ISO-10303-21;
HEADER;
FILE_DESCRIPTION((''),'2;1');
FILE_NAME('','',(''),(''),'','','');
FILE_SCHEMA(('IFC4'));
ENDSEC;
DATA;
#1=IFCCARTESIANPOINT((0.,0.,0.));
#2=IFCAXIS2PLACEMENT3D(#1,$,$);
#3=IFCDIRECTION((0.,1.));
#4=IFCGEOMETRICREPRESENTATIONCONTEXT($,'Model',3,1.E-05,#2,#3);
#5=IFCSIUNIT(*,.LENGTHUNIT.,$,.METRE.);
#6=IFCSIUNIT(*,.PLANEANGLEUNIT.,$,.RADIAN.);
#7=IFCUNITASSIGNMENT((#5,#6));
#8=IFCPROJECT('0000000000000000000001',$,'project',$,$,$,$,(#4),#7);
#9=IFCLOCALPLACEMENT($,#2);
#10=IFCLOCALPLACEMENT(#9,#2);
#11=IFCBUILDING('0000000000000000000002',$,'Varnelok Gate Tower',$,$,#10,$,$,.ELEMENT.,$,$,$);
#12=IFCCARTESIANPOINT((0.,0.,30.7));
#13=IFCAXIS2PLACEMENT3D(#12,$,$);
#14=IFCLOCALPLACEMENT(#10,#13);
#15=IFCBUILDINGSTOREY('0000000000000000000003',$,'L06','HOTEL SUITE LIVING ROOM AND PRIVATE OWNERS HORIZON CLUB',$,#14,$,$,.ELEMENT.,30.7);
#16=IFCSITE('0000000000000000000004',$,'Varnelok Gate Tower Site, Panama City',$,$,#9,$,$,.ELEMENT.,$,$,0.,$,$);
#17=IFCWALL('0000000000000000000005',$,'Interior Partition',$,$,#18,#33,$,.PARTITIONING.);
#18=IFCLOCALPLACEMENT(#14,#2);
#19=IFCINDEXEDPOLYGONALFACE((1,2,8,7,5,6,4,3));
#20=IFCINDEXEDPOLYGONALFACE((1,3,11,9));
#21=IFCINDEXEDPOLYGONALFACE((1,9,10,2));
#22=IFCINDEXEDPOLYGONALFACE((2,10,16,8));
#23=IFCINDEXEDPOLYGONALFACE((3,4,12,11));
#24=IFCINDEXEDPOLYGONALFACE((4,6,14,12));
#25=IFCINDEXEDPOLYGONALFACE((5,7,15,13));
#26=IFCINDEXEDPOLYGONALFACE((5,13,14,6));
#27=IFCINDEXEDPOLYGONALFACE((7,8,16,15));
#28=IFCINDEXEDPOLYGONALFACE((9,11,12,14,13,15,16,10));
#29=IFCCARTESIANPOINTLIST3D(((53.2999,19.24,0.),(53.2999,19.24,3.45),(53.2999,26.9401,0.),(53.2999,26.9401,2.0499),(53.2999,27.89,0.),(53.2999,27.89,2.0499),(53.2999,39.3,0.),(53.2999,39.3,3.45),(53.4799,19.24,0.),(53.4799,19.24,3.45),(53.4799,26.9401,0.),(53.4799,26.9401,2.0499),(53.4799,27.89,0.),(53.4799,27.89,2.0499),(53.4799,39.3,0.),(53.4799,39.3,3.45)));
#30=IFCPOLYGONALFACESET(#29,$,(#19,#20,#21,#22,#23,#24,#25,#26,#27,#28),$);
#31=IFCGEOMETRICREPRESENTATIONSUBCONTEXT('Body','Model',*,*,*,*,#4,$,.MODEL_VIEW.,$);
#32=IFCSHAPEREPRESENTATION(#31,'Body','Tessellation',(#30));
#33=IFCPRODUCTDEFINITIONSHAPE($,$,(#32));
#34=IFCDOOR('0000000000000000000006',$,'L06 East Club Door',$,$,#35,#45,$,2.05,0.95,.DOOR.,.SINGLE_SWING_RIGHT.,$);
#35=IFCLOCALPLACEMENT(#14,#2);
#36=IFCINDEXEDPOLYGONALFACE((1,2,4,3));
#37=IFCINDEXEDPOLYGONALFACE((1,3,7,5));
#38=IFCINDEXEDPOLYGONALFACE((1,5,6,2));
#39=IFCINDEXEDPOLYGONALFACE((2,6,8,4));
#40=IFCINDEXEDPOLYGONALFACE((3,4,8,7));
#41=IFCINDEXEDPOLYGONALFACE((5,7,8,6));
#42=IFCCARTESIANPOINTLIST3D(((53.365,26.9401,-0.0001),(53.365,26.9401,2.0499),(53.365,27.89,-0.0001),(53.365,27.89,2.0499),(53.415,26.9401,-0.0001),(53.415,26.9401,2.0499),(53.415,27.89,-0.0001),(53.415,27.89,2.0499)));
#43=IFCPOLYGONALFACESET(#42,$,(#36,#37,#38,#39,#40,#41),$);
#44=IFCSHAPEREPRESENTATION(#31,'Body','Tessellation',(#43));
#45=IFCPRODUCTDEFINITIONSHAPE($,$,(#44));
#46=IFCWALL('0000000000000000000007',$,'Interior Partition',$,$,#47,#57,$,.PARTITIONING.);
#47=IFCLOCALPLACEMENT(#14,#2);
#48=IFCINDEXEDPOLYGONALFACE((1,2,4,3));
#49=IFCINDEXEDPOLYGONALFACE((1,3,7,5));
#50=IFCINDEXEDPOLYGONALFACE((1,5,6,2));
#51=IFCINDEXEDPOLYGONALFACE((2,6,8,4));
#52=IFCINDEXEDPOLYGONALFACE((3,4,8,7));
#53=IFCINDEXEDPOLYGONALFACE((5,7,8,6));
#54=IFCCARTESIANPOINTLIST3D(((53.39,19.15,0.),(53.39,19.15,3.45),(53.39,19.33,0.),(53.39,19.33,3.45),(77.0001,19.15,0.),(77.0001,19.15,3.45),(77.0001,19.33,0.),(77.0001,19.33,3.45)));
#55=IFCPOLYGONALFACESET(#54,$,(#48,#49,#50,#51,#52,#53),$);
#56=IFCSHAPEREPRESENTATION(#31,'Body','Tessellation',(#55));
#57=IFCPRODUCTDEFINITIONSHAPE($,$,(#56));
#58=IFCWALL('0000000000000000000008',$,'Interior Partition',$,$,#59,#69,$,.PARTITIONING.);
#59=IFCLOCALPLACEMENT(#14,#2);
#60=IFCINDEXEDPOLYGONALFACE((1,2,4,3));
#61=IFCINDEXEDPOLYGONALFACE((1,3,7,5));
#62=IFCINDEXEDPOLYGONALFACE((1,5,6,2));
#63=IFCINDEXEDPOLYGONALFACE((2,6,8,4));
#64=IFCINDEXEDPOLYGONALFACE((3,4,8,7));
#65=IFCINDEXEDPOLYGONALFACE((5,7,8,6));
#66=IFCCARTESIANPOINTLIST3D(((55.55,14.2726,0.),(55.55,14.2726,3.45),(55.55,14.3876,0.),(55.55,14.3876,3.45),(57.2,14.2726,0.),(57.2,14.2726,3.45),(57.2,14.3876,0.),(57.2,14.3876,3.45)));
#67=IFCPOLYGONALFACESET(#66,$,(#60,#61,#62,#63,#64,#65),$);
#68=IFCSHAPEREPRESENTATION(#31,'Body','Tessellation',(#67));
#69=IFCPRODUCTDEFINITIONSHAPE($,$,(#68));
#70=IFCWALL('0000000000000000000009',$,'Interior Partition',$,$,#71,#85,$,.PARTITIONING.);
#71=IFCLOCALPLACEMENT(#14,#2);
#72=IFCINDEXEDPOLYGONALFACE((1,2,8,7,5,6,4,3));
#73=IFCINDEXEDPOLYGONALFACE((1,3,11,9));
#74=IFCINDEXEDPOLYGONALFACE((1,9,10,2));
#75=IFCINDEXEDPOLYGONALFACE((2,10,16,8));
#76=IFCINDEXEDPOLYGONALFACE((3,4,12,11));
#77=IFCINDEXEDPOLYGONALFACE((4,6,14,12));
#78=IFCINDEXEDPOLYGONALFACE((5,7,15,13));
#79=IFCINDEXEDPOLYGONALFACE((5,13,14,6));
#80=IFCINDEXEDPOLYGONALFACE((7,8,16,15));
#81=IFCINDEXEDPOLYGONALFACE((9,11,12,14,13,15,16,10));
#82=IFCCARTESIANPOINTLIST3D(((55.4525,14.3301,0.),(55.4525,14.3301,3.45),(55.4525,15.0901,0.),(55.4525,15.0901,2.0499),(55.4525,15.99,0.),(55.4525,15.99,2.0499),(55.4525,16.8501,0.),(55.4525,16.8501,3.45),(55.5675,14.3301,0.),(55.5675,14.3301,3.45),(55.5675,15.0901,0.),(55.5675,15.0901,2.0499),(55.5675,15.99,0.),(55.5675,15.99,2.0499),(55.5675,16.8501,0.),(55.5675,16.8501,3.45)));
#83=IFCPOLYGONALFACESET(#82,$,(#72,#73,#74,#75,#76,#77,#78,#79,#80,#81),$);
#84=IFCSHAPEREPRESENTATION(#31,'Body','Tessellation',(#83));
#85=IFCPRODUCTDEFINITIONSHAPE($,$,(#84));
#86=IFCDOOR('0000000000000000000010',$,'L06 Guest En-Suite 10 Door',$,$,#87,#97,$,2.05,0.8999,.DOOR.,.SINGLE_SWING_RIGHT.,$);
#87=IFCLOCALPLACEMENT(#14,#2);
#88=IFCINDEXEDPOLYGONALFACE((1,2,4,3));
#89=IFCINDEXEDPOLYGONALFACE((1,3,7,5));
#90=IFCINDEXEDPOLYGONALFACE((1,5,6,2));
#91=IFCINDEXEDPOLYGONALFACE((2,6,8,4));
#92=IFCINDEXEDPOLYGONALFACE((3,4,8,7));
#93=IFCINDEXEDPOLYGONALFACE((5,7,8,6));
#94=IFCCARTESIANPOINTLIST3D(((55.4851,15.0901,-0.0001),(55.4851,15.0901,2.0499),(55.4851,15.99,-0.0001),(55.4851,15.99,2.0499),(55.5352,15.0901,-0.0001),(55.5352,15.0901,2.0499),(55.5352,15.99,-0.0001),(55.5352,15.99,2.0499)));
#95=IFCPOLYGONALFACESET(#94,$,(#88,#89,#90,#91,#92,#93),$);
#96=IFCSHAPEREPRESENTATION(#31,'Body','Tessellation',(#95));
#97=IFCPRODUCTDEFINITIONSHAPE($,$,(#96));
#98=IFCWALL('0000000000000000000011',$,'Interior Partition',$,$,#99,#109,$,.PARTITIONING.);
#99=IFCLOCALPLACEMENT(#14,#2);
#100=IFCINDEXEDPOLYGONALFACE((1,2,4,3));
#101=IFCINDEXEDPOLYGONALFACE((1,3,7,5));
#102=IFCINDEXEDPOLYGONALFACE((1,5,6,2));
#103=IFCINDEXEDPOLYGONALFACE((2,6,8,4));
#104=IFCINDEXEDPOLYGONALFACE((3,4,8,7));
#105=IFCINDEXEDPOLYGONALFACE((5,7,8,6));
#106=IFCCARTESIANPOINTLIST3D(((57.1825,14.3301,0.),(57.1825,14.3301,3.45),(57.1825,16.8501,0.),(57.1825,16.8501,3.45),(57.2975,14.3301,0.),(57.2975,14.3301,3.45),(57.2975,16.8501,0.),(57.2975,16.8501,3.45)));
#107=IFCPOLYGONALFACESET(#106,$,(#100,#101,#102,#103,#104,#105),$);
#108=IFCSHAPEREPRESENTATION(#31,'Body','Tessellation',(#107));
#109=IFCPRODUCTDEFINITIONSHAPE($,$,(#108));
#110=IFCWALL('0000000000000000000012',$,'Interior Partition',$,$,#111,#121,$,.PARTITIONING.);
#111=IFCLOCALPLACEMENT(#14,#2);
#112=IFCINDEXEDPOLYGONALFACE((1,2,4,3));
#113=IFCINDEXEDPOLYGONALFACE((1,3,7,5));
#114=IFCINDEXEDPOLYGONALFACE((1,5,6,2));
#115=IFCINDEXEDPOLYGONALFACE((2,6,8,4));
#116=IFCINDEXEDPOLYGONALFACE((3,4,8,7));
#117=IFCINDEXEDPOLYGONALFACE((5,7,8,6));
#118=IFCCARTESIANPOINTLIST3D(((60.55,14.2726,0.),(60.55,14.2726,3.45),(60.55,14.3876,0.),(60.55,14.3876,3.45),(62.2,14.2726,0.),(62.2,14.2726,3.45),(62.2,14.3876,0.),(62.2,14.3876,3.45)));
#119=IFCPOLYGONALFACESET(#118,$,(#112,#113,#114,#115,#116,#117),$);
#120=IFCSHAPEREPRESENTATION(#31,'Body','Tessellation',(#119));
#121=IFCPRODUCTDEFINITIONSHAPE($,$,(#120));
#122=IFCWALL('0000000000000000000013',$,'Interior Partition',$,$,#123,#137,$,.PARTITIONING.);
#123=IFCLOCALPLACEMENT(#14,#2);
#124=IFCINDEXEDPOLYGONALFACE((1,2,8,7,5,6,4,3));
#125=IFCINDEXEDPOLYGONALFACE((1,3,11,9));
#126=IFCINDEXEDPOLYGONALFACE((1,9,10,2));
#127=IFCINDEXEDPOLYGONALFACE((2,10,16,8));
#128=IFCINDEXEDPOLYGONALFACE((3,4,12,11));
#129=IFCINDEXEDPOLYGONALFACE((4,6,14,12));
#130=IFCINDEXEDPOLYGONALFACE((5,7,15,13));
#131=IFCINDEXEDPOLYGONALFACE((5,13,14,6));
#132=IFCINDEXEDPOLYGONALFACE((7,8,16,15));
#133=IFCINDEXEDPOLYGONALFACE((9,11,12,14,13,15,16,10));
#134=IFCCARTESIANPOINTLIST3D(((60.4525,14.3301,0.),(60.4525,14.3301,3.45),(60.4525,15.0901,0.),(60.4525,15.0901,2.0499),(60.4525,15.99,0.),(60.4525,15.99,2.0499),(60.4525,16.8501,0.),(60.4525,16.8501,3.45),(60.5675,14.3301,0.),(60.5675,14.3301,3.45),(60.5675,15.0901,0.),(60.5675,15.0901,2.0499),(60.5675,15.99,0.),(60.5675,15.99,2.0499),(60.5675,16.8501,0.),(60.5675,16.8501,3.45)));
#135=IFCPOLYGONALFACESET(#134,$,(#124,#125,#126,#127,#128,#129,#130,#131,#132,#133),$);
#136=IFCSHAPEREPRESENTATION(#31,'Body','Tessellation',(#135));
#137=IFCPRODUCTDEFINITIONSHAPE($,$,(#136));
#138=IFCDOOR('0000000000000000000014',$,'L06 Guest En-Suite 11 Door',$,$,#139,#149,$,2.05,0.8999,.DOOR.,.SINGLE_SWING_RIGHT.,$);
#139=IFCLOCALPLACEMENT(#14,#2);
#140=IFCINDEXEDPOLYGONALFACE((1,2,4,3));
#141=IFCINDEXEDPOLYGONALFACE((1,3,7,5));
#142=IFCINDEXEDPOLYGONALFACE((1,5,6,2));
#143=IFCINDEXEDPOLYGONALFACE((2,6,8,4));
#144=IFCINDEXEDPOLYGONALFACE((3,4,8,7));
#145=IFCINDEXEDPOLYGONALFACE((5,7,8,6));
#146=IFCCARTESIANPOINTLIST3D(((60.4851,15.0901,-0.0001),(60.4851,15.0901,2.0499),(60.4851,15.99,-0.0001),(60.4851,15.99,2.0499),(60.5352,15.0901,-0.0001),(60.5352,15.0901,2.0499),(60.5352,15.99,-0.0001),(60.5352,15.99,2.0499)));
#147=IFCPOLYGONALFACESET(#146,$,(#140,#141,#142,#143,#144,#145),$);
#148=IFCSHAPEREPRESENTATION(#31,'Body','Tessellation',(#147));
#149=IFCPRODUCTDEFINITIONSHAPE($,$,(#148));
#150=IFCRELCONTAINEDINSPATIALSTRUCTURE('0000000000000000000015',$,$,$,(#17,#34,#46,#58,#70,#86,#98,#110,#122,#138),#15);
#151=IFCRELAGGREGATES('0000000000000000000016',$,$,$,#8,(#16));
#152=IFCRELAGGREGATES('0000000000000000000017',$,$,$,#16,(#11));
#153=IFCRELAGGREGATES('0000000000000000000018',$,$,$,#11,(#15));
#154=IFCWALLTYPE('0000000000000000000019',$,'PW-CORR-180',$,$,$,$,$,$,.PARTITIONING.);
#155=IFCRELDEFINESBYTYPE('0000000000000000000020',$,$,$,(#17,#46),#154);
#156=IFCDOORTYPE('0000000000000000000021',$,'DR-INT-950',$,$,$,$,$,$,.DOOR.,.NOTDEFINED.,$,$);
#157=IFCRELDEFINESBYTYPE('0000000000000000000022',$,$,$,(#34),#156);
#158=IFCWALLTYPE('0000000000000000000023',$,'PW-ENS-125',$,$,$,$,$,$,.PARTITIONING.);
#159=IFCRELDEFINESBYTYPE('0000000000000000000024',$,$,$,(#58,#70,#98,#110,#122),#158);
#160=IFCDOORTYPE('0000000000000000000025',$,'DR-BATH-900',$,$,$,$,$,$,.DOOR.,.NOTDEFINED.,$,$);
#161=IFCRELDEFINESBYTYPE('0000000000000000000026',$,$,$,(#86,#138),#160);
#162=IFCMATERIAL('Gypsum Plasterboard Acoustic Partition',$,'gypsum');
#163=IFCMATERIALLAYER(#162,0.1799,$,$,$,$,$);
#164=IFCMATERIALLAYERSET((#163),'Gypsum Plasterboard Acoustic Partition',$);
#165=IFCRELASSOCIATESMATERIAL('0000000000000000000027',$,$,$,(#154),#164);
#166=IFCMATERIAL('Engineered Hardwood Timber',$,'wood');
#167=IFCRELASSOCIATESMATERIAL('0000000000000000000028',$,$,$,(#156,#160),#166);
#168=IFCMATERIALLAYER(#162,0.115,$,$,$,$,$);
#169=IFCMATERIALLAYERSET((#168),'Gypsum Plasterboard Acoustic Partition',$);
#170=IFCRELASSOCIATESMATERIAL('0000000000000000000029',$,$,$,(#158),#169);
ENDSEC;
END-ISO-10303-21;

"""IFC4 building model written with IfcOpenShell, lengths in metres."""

from ifc_helpers import new_model, si_unit, direction, frame, frame_2d, origin, place, context, subcontext, project, spatial, rectangle, extrude, material, layer, layer_set, type_object, element, fill, save


model = new_model("IFC4")

# Units and contexts
model_context = context("Model", 3, precision=1e-05, world=origin(), true_north=direction((0.0, 1.0)))
body_context = subcontext(model_context, "Body", "Model", "MODEL_VIEW")
ifc_project = project(units=[si_unit("LENGTHUNIT", "METRE"), si_unit("PLANEANGLEUNIT", "RADIAN")], contexts=[model_context])

# Site, building, storey
site_placement = place(None, origin())
site = spatial("IfcSite", under=ifc_project, at=site_placement, Name="Varnelok Gate Tower Site, Panama City", CompositionType="ELEMENT", RefElevation=0.0)
building_placement = place(site_placement, origin())
building = spatial("IfcBuilding", under=site, at=building_placement, Name="Varnelok Gate Tower", CompositionType="ELEMENT")
storey_placement = place(building_placement, frame((0.0, 0.0, 30.7)))
storey = spatial("IfcBuildingStorey", under=building, at=storey_placement, Name="L06", Description="HOTEL SUITE LIVING ROOM AND PRIVATE OWNERS HORIZON CLUB", CompositionType="ELEMENT", Elevation=30.7)

# Wall, opening, door
ifc_material_1 = material(Name="Gypsum Plasterboard Acoustic Partition", Category="gypsum")
ifc_layer_1 = layer(ifc_material_1, 0.1799)
ifc_layer_set_1 = layer_set([ifc_layer_1], Name="Gypsum Plasterboard Acoustic Partition")
wall_type_1 = type_object("IfcWallType", Name="PW-CORR-180", PredefinedType="PARTITIONING", material=ifc_layer_set_1)
ifc_material_2 = material(Name="Engineered Hardwood Timber", Category="wood")
wall_1_placement = place(storey_placement, frame((53.3899, 19.24, 0.0), z_axis=(0.0, 0.0, 1.0), x_axis=(0.0, 1.0, 0.0)))
wall_1 = element("IfcWall", 1, at=wall_1_placement, inside=storey, type_object=wall_type_1, Name="Interior Partition", PredefinedType="PARTITIONING", context=body_context, shape_type="SweptSolid", body=[
    extrude(rectangle(XDim=20.0601, YDim=0.1799, at=frame_2d((10.03, 0.0))), origin(), (0.0, 0.0, 1.0), 3.45),
])
opening_1_placement = place(wall_1_placement, frame((7.7, 0.0, 0.0)))
opening_1 = element("IfcOpeningElement", 2, at=opening_1_placement, cuts=wall_1, PredefinedType="OPENING", context=body_context, shape_type="SweptSolid", body=[
    extrude(rectangle(XDim=0.95, YDim=2.05, at=frame_2d((0.4751, 1.0249))), frame((0.0, 0.0999, 0.0), z_axis=(0.0, -1.0, 0.0), x_axis=(1.0, 0.0, 0.0)), (0.0, 0.0, 1.0), 0.2),
])
door_type_1 = type_object("IfcDoorType", Name="DR-INT-950", OperationType="NOTDEFINED", PredefinedType="DOOR", material=ifc_material_2)
door_1_placement = place(opening_1_placement, origin())
door_1 = element("IfcDoor", 3, at=door_1_placement, inside=storey, type_object=door_type_1, Name="L06 East Club Door", OperationType="SINGLE_SWING_RIGHT", OverallHeight=2.05, OverallWidth=0.95, PredefinedType="DOOR", context=body_context, shape_type="SweptSolid", body=[
    extrude(rectangle(XDim=0.95, YDim=2.05, at=frame_2d((0.4751, 1.0249))), frame((0.0, 0.0249, 0.0), z_axis=(0.0, -1.0, 0.0), x_axis=(1.0, 0.0, 0.0)), (0.0, 0.0, 1.0), 0.05),
])
fill(opening_1, door_1)

# Walls
wall_2_placement = place(storey_placement, frame((53.3899, 19.24, 0.0), z_axis=(0.0, 0.0, 1.0), x_axis=(1.0, 0.0, 0.0)))
element("IfcWall", 4, at=wall_2_placement, inside=storey, type_object=wall_type_1, Name="Interior Partition", PredefinedType="PARTITIONING", context=body_context, shape_type="SweptSolid", body=[
    extrude(rectangle(XDim=23.6101, YDim=0.1799, at=frame_2d((11.8052, 0.0))), origin(), (0.0, 0.0, 1.0), 3.45),
])
ifc_layer_2 = layer(ifc_material_1, 0.115)
ifc_layer_set_2 = layer_set([ifc_layer_2], Name="Gypsum Plasterboard Acoustic Partition")
wall_type_2 = type_object("IfcWallType", Name="PW-ENS-125", PredefinedType="PARTITIONING", material=ifc_layer_set_2)
wall_3_placement = place(storey_placement, frame((55.55, 14.3301, 0.0), z_axis=(0.0, 0.0, 1.0), x_axis=(1.0, 0.0, 0.0)))
element("IfcWall", 5, at=wall_3_placement, inside=storey, type_object=wall_type_2, Name="Interior Partition", PredefinedType="PARTITIONING", context=body_context, shape_type="SweptSolid", body=[
    extrude(rectangle(XDim=1.6499, YDim=0.115, at=frame_2d((0.825, 0.0))), origin(), (0.0, 0.0, 1.0), 3.45),
])

# Wall, opening, door
wall_4_placement = place(storey_placement, frame((55.51, 14.3301, 0.0), z_axis=(0.0, 0.0, 1.0), x_axis=(0.0, 1.0, 0.0)))
wall_4 = element("IfcWall", 6, at=wall_4_placement, inside=storey, type_object=wall_type_2, Name="Interior Partition", PredefinedType="PARTITIONING", context=body_context, shape_type="SweptSolid", body=[
    extrude(rectangle(XDim=2.52, YDim=0.115, at=frame_2d((1.26, 0.0))), origin(), (0.0, 0.0, 1.0), 3.45),
])
opening_2_placement = place(wall_4_placement, frame((0.76, 0.0, 0.0)))
opening_2 = element("IfcOpeningElement", 7, at=opening_2_placement, cuts=wall_4, PredefinedType="OPENING", context=body_context, shape_type="SweptSolid", body=[
    extrude(rectangle(XDim=0.8999, YDim=2.05, at=frame_2d((0.45, 1.0249))), frame((0.0, 0.0674, 0.0), z_axis=(0.0, -1.0, 0.0), x_axis=(1.0, 0.0, 0.0)), (0.0, 0.0, 1.0), 0.135),
])
door_type_2 = type_object("IfcDoorType", Name="DR-BATH-900", OperationType="NOTDEFINED", PredefinedType="DOOR", material=ifc_material_2)
door_2_placement = place(opening_2_placement, origin())
door_2 = element("IfcDoor", 8, at=door_2_placement, inside=storey, type_object=door_type_2, Name="L06 Guest En-Suite 10 Door", OperationType="SINGLE_SWING_RIGHT", OverallHeight=2.05, OverallWidth=0.8999, PredefinedType="DOOR", context=body_context, shape_type="SweptSolid", body=[
    extrude(rectangle(XDim=0.8999, YDim=2.05, at=frame_2d((0.45, 1.0249))), frame((0.0, 0.0249, 0.0), z_axis=(0.0, -1.0, 0.0), x_axis=(1.0, 0.0, 0.0)), (0.0, 0.0, 1.0), 0.05),
])
fill(opening_2, door_2)

# Walls
wall_5_placement = place(storey_placement, frame((57.24, 14.3301, 0.0), z_axis=(0.0, 0.0, 1.0), x_axis=(0.0, 1.0, 0.0)))
element("IfcWall", 9, at=wall_5_placement, inside=storey, type_object=wall_type_2, Name="Interior Partition", PredefinedType="PARTITIONING", context=body_context, shape_type="SweptSolid", body=[
    extrude(rectangle(XDim=2.52, YDim=0.115, at=frame_2d((1.26, 0.0))), origin(), (0.0, 0.0, 1.0), 3.45),
])
wall_6_placement = place(storey_placement, frame((60.55, 14.3301, 0.0), z_axis=(0.0, 0.0, 1.0), x_axis=(1.0, 0.0, 0.0)))
element("IfcWall", 10, at=wall_6_placement, inside=storey, type_object=wall_type_2, Name="Interior Partition", PredefinedType="PARTITIONING", context=body_context, shape_type="SweptSolid", body=[
    extrude(rectangle(XDim=1.6499, YDim=0.115, at=frame_2d((0.825, 0.0))), origin(), (0.0, 0.0, 1.0), 3.45),
])

# Wall, opening, door
wall_7_placement = place(storey_placement, frame((60.51, 14.3301, 0.0), z_axis=(0.0, 0.0, 1.0), x_axis=(0.0, 1.0, 0.0)))
wall_7 = element("IfcWall", 11, at=wall_7_placement, inside=storey, type_object=wall_type_2, Name="Interior Partition", PredefinedType="PARTITIONING", context=body_context, shape_type="SweptSolid", body=[
    extrude(rectangle(XDim=2.52, YDim=0.115, at=frame_2d((1.26, 0.0))), origin(), (0.0, 0.0, 1.0), 3.45),
])
opening_3_placement = place(wall_7_placement, frame((0.76, 0.0, 0.0)))
opening_3 = element("IfcOpeningElement", 12, at=opening_3_placement, cuts=wall_7, PredefinedType="OPENING", context=body_context, shape_type="SweptSolid", body=[
    extrude(rectangle(XDim=0.8999, YDim=2.05, at=frame_2d((0.45, 1.0249))), frame((0.0, 0.0674, 0.0), z_axis=(0.0, -1.0, 0.0), x_axis=(1.0, 0.0, 0.0)), (0.0, 0.0, 1.0), 0.135),
])
door_3_placement = place(opening_3_placement, origin())
door_3 = element("IfcDoor", 13, at=door_3_placement, inside=storey, type_object=door_type_2, Name="L06 Guest En-Suite 11 Door", OperationType="SINGLE_SWING_RIGHT", OverallHeight=2.05, OverallWidth=0.8999, PredefinedType="DOOR", context=body_context, shape_type="SweptSolid", body=[
    extrude(rectangle(XDim=0.8999, YDim=2.05, at=frame_2d((0.45, 1.0249))), frame((0.0, 0.0249, 0.0), z_axis=(0.0, -1.0, 0.0), x_axis=(1.0, 0.0, 0.0)), (0.0, 0.0, 1.0), 0.05),
])
fill(opening_3, door_3)

save(model, "model.ifc")
